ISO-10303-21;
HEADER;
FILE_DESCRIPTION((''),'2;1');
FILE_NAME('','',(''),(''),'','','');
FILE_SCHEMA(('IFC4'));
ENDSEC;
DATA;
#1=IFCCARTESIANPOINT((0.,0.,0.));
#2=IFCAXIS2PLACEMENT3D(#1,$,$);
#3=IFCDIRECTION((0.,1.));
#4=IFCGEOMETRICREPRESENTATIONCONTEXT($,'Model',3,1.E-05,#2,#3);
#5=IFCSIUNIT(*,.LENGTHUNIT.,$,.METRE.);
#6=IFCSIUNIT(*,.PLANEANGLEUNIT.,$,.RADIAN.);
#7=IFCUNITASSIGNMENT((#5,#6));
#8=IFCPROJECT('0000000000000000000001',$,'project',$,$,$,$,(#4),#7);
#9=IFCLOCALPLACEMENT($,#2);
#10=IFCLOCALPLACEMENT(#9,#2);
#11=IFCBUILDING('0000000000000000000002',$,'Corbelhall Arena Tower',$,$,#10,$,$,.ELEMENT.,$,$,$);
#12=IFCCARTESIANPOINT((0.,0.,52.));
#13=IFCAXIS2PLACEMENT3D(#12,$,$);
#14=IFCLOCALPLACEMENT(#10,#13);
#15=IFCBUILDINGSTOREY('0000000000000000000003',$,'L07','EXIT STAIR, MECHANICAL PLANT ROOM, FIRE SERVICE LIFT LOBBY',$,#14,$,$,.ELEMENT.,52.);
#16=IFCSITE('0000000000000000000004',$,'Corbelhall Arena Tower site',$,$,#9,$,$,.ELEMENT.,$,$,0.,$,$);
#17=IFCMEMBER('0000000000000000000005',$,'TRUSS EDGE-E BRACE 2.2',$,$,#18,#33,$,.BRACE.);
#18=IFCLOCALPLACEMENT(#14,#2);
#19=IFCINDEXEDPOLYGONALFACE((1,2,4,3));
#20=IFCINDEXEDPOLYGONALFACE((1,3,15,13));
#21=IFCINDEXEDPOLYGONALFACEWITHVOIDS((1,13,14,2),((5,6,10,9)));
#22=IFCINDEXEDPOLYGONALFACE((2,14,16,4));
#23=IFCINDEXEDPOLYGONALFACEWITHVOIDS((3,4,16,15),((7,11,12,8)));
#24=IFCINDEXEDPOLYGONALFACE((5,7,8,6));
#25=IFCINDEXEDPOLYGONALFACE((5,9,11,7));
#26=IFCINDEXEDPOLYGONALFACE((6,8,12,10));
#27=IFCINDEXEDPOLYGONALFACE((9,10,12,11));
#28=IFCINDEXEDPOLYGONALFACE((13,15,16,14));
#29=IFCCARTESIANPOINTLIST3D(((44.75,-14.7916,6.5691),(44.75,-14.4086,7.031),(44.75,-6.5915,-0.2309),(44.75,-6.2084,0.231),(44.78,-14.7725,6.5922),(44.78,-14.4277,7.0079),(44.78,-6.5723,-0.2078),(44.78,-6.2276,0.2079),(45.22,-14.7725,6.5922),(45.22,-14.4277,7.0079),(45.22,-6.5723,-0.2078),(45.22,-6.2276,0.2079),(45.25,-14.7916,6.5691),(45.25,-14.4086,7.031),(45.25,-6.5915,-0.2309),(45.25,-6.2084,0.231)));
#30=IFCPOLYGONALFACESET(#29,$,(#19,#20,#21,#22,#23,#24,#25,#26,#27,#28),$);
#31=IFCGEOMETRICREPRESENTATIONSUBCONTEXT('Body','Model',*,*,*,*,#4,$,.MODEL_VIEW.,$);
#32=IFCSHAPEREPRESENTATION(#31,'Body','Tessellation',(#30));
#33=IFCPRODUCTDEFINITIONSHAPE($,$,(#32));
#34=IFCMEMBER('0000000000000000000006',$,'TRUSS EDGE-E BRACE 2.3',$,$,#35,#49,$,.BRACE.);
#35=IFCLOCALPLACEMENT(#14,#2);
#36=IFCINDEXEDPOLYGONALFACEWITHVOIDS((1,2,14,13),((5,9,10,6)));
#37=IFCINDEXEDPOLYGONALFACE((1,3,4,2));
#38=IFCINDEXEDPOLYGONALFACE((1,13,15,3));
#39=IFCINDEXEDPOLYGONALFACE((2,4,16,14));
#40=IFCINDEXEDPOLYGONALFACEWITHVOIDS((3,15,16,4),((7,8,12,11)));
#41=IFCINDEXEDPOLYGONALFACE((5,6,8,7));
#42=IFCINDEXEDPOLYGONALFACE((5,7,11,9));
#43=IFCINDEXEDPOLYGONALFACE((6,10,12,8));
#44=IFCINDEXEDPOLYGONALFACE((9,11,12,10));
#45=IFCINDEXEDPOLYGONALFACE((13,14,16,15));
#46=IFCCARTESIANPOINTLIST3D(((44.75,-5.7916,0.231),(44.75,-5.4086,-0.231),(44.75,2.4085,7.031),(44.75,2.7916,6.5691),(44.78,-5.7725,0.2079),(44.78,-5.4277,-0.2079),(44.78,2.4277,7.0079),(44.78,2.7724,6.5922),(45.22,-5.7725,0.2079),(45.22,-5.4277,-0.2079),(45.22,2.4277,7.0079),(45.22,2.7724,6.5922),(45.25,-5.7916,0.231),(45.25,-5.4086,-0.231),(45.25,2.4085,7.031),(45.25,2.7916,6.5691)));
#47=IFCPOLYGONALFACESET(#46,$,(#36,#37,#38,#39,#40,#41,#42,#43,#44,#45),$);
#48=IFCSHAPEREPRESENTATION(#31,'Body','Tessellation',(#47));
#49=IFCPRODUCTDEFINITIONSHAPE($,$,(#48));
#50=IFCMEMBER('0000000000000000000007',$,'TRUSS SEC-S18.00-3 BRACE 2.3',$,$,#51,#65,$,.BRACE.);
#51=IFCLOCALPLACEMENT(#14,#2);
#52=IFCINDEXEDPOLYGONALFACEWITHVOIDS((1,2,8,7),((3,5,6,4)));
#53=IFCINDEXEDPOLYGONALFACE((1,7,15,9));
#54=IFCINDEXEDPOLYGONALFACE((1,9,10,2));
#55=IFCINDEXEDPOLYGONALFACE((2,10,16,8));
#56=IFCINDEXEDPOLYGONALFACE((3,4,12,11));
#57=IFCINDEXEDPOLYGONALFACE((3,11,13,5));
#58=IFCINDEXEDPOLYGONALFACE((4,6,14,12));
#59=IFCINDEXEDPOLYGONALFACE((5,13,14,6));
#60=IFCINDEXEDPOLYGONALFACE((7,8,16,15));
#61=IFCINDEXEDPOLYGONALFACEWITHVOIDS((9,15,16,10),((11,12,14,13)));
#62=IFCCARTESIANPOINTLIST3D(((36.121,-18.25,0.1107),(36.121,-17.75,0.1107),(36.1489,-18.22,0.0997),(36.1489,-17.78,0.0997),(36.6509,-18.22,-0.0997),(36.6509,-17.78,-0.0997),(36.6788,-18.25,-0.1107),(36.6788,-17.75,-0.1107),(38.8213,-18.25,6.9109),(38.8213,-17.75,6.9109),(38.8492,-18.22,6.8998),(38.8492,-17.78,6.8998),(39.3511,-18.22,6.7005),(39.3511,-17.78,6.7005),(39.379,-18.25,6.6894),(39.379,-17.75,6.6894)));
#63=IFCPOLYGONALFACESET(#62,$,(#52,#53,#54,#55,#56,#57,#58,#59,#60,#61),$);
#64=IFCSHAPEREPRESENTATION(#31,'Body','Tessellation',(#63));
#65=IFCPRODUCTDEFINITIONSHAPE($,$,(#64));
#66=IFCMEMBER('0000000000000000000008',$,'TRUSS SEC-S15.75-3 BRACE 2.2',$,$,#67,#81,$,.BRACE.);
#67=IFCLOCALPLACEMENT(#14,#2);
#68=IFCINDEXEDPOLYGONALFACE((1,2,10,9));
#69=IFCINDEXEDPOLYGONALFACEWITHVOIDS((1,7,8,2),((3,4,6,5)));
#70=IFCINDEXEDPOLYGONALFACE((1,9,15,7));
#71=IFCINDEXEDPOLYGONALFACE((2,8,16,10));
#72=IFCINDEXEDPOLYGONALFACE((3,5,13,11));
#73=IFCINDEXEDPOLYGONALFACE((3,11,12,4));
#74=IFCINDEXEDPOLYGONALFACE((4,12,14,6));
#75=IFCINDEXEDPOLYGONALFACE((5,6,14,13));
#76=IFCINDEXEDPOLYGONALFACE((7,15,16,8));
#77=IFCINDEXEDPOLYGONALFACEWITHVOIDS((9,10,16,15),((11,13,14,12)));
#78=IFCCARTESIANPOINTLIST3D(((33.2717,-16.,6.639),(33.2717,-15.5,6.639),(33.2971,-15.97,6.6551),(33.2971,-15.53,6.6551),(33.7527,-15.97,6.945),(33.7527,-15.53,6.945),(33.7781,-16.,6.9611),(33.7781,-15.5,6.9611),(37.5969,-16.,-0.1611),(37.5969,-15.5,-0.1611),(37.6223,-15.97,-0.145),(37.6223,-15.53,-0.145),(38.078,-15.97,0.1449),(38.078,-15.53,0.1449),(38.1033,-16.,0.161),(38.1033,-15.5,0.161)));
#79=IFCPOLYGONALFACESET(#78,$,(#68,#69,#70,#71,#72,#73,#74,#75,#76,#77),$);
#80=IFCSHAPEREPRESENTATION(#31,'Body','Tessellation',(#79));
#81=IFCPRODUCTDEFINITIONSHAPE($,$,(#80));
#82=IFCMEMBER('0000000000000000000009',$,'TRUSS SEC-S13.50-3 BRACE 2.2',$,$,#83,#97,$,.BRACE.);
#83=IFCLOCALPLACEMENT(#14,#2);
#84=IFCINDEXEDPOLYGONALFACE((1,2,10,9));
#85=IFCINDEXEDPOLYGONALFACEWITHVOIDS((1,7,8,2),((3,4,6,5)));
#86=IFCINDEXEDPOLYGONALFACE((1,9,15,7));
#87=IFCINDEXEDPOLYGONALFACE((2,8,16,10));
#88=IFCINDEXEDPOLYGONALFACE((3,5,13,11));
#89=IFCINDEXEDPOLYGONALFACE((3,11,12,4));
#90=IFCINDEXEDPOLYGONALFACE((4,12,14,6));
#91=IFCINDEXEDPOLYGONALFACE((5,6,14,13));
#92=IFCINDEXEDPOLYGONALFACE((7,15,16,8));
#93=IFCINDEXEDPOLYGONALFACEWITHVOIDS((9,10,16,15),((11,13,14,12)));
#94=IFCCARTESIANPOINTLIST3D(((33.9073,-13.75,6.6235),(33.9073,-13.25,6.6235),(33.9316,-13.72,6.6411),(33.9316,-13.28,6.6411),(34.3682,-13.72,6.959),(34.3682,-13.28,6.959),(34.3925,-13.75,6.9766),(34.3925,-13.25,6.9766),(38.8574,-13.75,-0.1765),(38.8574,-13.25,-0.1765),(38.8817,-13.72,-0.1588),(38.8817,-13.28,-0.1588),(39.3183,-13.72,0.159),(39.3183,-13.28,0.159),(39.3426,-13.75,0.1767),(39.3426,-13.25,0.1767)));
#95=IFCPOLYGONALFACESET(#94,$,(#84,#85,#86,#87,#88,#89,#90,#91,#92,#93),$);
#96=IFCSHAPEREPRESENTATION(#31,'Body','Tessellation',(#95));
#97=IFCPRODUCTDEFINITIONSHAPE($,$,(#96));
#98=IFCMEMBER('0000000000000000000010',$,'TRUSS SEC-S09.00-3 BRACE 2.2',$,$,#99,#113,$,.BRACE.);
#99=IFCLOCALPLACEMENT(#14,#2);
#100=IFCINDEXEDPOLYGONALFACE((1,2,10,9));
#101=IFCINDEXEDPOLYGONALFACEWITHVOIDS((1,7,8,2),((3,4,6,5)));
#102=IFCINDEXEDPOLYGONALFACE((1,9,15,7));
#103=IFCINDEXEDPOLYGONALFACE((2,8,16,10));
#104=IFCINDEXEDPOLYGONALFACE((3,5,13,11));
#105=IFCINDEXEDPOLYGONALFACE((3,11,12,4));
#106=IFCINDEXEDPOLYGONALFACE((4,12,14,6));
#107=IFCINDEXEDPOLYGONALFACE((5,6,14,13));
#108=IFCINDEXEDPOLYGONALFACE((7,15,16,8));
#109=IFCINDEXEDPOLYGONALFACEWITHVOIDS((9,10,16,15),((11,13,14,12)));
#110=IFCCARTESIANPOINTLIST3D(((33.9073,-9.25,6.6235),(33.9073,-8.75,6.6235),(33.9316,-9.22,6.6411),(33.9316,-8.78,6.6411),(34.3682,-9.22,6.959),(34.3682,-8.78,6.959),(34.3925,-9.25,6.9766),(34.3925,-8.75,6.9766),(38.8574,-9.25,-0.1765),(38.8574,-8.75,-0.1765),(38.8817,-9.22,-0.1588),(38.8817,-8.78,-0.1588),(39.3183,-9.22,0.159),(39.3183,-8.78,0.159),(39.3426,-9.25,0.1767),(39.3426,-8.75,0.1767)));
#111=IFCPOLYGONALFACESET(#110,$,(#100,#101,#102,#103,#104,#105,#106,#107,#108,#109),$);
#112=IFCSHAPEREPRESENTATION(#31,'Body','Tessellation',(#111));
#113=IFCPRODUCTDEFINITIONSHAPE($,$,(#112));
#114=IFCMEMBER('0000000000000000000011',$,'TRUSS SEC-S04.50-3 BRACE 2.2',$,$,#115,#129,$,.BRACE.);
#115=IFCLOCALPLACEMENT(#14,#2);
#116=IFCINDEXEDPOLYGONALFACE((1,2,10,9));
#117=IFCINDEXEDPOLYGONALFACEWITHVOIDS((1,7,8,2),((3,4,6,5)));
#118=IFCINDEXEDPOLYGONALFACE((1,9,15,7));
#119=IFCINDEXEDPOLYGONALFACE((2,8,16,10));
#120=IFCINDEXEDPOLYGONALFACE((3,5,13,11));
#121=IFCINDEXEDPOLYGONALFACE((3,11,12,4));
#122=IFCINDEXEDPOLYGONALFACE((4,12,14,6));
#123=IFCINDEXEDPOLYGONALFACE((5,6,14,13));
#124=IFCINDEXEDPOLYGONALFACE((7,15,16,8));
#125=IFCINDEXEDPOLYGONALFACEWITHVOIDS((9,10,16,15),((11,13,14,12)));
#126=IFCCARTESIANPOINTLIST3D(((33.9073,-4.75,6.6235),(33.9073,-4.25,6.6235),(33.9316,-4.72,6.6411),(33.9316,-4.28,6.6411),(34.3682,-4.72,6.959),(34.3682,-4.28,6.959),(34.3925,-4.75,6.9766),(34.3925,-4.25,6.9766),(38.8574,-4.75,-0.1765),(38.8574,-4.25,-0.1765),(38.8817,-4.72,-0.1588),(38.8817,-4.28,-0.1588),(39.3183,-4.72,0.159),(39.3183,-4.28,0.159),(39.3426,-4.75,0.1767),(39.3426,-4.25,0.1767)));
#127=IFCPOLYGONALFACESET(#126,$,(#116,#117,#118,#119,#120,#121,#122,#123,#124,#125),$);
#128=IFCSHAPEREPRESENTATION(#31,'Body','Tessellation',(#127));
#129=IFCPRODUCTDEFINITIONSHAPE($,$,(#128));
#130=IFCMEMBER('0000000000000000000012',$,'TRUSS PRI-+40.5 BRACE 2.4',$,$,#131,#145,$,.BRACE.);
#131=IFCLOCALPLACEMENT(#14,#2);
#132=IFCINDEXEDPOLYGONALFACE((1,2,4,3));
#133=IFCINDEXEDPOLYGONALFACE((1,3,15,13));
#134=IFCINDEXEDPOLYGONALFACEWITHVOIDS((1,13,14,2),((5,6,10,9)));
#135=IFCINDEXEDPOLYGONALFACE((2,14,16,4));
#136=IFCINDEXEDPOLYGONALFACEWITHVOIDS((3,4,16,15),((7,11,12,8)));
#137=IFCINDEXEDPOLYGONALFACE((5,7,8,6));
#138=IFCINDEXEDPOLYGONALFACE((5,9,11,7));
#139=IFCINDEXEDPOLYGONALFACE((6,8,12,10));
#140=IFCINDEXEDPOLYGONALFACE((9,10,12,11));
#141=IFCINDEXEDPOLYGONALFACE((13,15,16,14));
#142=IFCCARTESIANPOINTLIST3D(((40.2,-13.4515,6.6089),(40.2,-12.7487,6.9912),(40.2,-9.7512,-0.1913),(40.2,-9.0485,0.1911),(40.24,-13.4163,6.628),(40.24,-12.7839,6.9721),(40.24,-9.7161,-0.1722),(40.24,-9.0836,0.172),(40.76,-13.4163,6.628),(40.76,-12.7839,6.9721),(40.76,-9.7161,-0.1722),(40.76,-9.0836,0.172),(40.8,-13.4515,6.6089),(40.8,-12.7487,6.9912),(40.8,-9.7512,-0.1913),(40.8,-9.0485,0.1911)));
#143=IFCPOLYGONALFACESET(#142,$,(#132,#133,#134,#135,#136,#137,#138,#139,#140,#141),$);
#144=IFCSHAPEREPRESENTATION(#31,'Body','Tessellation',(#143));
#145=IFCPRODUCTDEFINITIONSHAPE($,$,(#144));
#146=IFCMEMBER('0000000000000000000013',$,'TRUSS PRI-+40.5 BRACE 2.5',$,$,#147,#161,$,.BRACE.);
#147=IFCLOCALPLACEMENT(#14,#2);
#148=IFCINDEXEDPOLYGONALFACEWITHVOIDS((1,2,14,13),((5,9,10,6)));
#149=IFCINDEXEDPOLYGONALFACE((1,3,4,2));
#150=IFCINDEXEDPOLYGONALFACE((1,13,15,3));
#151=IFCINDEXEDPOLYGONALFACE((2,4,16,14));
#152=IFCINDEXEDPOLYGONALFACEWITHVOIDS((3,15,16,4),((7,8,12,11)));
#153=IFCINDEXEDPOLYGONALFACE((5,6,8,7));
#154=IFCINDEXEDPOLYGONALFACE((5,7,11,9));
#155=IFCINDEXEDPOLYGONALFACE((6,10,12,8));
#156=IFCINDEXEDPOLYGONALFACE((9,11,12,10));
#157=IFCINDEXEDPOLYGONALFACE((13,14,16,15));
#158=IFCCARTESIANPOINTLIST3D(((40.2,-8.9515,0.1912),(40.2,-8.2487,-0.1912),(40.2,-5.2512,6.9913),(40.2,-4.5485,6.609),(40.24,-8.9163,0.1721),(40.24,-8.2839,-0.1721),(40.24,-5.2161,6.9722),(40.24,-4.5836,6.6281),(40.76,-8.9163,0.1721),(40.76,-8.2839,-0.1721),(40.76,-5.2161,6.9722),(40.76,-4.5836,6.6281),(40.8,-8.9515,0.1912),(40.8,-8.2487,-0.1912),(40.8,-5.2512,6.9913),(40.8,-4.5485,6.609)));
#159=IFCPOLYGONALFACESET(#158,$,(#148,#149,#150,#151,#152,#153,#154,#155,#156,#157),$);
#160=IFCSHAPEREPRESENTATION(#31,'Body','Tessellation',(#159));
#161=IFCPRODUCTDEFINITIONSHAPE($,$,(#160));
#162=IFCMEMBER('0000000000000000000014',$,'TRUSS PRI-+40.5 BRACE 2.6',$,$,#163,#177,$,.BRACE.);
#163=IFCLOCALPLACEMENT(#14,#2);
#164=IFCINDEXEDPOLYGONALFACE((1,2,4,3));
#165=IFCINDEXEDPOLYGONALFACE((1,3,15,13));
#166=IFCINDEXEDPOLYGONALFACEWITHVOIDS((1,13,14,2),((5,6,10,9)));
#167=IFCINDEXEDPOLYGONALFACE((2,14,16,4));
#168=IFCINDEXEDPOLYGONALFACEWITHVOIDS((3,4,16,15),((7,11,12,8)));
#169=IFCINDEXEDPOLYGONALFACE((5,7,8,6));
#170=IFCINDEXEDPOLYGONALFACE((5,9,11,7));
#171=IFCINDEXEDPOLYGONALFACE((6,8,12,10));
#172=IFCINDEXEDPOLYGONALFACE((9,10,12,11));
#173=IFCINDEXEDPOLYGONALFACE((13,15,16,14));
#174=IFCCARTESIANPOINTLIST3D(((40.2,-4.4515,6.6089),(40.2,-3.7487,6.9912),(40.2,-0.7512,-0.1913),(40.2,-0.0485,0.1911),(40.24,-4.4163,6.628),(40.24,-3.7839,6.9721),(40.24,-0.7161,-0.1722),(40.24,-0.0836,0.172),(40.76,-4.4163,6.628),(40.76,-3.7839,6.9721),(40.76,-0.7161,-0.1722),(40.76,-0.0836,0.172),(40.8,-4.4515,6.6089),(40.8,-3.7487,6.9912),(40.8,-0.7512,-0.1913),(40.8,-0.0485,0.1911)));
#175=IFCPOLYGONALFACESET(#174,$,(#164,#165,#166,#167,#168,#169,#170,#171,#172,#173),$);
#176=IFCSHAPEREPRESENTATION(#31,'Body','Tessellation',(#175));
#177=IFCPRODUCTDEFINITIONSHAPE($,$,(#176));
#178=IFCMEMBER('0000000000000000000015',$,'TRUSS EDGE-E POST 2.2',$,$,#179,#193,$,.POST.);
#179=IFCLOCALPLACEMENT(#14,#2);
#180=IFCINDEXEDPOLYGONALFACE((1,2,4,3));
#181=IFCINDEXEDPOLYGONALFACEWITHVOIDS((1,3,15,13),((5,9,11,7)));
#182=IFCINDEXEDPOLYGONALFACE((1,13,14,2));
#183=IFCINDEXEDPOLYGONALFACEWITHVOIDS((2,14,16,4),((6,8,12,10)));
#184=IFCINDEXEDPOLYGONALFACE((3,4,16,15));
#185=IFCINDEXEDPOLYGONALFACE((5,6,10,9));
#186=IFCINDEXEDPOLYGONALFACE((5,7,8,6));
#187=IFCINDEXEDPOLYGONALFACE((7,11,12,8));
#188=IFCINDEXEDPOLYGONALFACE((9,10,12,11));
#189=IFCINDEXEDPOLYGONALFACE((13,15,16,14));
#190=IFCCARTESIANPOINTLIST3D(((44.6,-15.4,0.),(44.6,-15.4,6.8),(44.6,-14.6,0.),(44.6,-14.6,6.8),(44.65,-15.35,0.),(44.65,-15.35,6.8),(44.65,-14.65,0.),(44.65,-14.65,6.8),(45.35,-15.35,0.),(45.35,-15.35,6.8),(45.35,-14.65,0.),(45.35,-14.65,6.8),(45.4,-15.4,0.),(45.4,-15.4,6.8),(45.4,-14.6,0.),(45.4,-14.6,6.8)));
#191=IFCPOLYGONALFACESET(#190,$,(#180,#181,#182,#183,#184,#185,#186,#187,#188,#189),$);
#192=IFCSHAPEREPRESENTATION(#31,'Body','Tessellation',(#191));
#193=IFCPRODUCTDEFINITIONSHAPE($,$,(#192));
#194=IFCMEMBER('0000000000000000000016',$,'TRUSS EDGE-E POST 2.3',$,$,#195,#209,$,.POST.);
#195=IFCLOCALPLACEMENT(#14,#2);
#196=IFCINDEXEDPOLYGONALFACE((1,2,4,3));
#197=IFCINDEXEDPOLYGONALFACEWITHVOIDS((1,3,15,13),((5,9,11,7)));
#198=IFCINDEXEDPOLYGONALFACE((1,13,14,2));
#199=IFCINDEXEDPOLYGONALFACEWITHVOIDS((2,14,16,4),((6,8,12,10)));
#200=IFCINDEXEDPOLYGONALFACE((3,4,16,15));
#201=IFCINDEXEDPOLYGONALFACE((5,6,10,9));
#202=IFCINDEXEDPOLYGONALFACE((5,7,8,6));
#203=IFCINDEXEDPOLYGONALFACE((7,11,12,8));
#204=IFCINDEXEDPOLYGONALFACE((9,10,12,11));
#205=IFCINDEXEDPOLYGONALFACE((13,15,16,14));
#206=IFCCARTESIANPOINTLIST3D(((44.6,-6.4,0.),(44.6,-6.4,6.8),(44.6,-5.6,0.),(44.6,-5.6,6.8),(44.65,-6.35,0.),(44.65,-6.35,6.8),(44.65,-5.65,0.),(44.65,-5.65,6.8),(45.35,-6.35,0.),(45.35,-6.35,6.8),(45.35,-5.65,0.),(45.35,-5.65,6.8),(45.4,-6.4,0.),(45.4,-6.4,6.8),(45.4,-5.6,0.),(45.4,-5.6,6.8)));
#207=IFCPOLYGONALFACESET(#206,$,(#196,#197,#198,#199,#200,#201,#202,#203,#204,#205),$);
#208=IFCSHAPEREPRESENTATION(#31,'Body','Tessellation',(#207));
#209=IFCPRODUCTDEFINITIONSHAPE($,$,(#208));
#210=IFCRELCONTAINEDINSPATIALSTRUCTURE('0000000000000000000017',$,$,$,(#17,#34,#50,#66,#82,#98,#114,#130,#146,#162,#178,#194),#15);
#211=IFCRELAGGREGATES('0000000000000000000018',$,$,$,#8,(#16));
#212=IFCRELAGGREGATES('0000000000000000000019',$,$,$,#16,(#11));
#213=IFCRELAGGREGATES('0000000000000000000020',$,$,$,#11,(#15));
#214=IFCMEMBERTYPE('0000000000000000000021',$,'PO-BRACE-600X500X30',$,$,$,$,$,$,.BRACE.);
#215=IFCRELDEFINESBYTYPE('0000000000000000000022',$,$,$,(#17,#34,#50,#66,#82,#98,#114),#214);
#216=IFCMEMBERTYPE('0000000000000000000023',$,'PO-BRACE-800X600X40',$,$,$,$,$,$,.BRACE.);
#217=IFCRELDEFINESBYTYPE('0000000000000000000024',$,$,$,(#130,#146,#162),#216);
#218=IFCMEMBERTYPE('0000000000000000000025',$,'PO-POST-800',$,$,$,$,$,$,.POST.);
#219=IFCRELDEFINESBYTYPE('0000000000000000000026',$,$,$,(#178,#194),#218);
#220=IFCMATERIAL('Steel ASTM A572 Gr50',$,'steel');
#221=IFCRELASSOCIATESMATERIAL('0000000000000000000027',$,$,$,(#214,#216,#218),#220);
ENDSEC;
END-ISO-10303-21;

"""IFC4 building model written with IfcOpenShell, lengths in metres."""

from ifc_helpers import new_model, si_unit, direction, frame, origin, origin_2d, place, context, subcontext, project, spatial, hollow_rectangle, extrude, material, material_profile, profile_set, type_object, element, save


model = new_model("IFC4")

# Units and contexts
model_context = context("Model", 3, precision=1e-05, world=origin(), true_north=direction((0.0, 1.0)))
body_context = subcontext(model_context, "Body", "Model", "MODEL_VIEW")
ifc_project = project(units=[si_unit("LENGTHUNIT", "METRE"), si_unit("PLANEANGLEUNIT", "RADIAN")], contexts=[model_context])

# Site, building, storey
site_placement = place(None, origin())
site = spatial("IfcSite", under=ifc_project, at=site_placement, Name="Corbelhall Arena Tower site", CompositionType="ELEMENT", RefElevation=0.0)
building_placement = place(site_placement, origin())
building = spatial("IfcBuilding", under=site, at=building_placement, Name="Corbelhall Arena Tower", CompositionType="ELEMENT")
storey_placement = place(building_placement, frame((0.0, 0.0, 52.0)))
storey = spatial("IfcBuildingStorey", under=building, at=storey_placement, Name="L07", Description="EXIT STAIR, MECHANICAL PLANT ROOM, FIRE SERVICE LIFT LOBBY", CompositionType="ELEMENT", Elevation=52.0)

# Members
ifc_material_1 = material(Name="Steel ASTM A572 Gr50", Category="steel")
ifc_material_profile_1 = material_profile(ifc_material_1, hollow_rectangle(XDim=0.5, YDim=0.6001, WallThickness=0.03, at=origin_2d()))
ifc_profile_set_1 = profile_set([ifc_material_profile_1], Name="Steel ASTM A572 Gr50")
member_type_1 = type_object("IfcMemberType", Name="PO-BRACE-600X500X30", PredefinedType="BRACE", material=ifc_profile_set_1)
for number, where, z_axis, x_axis, name in (
    (1, (45.0, -14.6001, 6.8), (0.0, 0.769763, -0.63833), (-1.0, 0.0, 0.0), "TRUSS EDGE-E BRACE 2.2"),
    (2, (45.0, -5.6001, 0.0), (0.0, 0.769763, 0.63833), (-1.0, 0.0, 0.0), "TRUSS EDGE-E BRACE 2.3"),
):
    element("IfcMember", number, at=place(storey_placement, frame(where, z_axis=z_axis, x_axis=x_axis)), inside=storey, type_object=member_type_1, Name=name, PredefinedType="BRACE", context=body_context, shape_type="SweptSolid", body=[
        extrude(hollow_rectangle(XDim=0.5, YDim=0.6001, WallThickness=0.03, at=origin_2d()), origin(), (0.0, 0.0, 1.0), 10.6528),
    ])
member_1_placement = place(storey_placement, frame((36.3999, -18.0, 0.0), z_axis=(0.369054, 0.0, 0.929408), x_axis=(0.0, 1.0, 0.0)))
element("IfcMember", 3, at=member_1_placement, inside=storey, type_object=member_type_1, Name="TRUSS SEC-S18.00-3 BRACE 2.3", PredefinedType="BRACE", context=body_context, shape_type="SweptSolid", body=[
    extrude(hollow_rectangle(XDim=0.5, YDim=0.6001, WallThickness=0.03, at=origin_2d()), origin(), (0.0, 0.0, 1.0), 7.3167),
])
member_2_placement = place(storey_placement, frame((33.5249, -15.75, 6.8), z_axis=(0.536689, 0.0, -0.84378), x_axis=(0.0, 1.0, 0.0)))
element("IfcMember", 4, at=member_2_placement, inside=storey, type_object=member_type_1, Name="TRUSS SEC-S15.75-3 BRACE 2.2", PredefinedType="BRACE", context=body_context, shape_type="SweptSolid", body=[
    extrude(hollow_rectangle(XDim=0.5, YDim=0.6001, WallThickness=0.03, at=origin_2d()), origin(), (0.0, 0.0, 1.0), 8.0591),
])
for number, where, z_axis, x_axis, name in (
    (5, (34.1499, -13.5, 6.8), (0.588538, 0.0, -0.80847), (0.0, 1.0, 0.0), "TRUSS SEC-S13.50-3 BRACE 2.2"),
    (6, (34.1499, -9.0, 6.8), (0.588538, 0.0, -0.80847), (0.0, 1.0, 0.0), "TRUSS SEC-S09.00-3 BRACE 2.2"),
    (7, (34.1499, -4.5, 6.8), (0.588538, 0.0, -0.80847), (0.0, 1.0, 0.0), "TRUSS SEC-S04.50-3 BRACE 2.2"),
):
    element("IfcMember", number, at=place(storey_placement, frame(where, z_axis=z_axis, x_axis=x_axis)), inside=storey, type_object=member_type_1, Name=name, PredefinedType="BRACE", context=body_context, shape_type="SweptSolid", body=[
        extrude(hollow_rectangle(XDim=0.5, YDim=0.6001, WallThickness=0.03, at=origin_2d()), origin(), (0.0, 0.0, 1.0), 8.4109),
    ])
ifc_material_profile_2 = material_profile(ifc_material_1, hollow_rectangle(XDim=0.6001, YDim=0.8, WallThickness=0.04, at=origin_2d()))
ifc_profile_set_2 = profile_set([ifc_material_profile_2], Name="Steel ASTM A572 Gr50")
member_type_2 = type_object("IfcMemberType", Name="PO-BRACE-800X600X40", PredefinedType="BRACE", material=ifc_profile_set_2)
for number, where, z_axis, x_axis, name in (
    (8, (40.5, -13.1001, 6.8), (0.0, 0.477964, -0.87838), (-1.0, 0.0, 0.0), "TRUSS PRI-+40.5 BRACE 2.4"),
    (9, (40.5, -8.6001, 0.0), (0.0, 0.477964, 0.87838), (-1.0, 0.0, 0.0), "TRUSS PRI-+40.5 BRACE 2.5"),
    (10, (40.5, -4.1001, 6.8), (0.0, 0.477964, -0.87838), (-1.0, 0.0, 0.0), "TRUSS PRI-+40.5 BRACE 2.6"),
):
    element("IfcMember", number, at=place(storey_placement, frame(where, z_axis=z_axis, x_axis=x_axis)), inside=storey, type_object=member_type_2, Name=name, PredefinedType="BRACE", context=body_context, shape_type="SweptSolid", body=[
        extrude(hollow_rectangle(XDim=0.6001, YDim=0.8, WallThickness=0.04, at=origin_2d()), origin(), (0.0, 0.0, 1.0), 7.7417),
    ])
ifc_material_profile_3 = material_profile(ifc_material_1, hollow_rectangle(XDim=0.8, YDim=0.8, WallThickness=0.05, at=origin_2d()))
ifc_profile_set_3 = profile_set([ifc_material_profile_3], Name="Steel ASTM A572 Gr50")
member_type_3 = type_object("IfcMemberType", Name="PO-POST-800", PredefinedType="POST", material=ifc_profile_set_3)
for number, where, z_axis, x_axis, name in (
    (11, (45.0, -15.0, 0.0), (0.0, 0.0, 1.0), (1.0, 0.0, 0.0), "TRUSS EDGE-E POST 2.2"),
    (12, (45.0, -6.0, 0.0), (0.0, 0.0, 1.0), (1.0, 0.0, 0.0), "TRUSS EDGE-E POST 2.3"),
):
    element("IfcMember", number, at=place(storey_placement, frame(where, z_axis=z_axis, x_axis=x_axis)), inside=storey, type_object=member_type_3, Name=name, PredefinedType="POST", context=body_context, shape_type="SweptSolid", body=[
        extrude(hollow_rectangle(XDim=0.8, YDim=0.8, WallThickness=0.05, at=origin_2d()), origin(), (0.0, 0.0, 1.0), 6.8),
    ])

save(model, "model.ifc")
